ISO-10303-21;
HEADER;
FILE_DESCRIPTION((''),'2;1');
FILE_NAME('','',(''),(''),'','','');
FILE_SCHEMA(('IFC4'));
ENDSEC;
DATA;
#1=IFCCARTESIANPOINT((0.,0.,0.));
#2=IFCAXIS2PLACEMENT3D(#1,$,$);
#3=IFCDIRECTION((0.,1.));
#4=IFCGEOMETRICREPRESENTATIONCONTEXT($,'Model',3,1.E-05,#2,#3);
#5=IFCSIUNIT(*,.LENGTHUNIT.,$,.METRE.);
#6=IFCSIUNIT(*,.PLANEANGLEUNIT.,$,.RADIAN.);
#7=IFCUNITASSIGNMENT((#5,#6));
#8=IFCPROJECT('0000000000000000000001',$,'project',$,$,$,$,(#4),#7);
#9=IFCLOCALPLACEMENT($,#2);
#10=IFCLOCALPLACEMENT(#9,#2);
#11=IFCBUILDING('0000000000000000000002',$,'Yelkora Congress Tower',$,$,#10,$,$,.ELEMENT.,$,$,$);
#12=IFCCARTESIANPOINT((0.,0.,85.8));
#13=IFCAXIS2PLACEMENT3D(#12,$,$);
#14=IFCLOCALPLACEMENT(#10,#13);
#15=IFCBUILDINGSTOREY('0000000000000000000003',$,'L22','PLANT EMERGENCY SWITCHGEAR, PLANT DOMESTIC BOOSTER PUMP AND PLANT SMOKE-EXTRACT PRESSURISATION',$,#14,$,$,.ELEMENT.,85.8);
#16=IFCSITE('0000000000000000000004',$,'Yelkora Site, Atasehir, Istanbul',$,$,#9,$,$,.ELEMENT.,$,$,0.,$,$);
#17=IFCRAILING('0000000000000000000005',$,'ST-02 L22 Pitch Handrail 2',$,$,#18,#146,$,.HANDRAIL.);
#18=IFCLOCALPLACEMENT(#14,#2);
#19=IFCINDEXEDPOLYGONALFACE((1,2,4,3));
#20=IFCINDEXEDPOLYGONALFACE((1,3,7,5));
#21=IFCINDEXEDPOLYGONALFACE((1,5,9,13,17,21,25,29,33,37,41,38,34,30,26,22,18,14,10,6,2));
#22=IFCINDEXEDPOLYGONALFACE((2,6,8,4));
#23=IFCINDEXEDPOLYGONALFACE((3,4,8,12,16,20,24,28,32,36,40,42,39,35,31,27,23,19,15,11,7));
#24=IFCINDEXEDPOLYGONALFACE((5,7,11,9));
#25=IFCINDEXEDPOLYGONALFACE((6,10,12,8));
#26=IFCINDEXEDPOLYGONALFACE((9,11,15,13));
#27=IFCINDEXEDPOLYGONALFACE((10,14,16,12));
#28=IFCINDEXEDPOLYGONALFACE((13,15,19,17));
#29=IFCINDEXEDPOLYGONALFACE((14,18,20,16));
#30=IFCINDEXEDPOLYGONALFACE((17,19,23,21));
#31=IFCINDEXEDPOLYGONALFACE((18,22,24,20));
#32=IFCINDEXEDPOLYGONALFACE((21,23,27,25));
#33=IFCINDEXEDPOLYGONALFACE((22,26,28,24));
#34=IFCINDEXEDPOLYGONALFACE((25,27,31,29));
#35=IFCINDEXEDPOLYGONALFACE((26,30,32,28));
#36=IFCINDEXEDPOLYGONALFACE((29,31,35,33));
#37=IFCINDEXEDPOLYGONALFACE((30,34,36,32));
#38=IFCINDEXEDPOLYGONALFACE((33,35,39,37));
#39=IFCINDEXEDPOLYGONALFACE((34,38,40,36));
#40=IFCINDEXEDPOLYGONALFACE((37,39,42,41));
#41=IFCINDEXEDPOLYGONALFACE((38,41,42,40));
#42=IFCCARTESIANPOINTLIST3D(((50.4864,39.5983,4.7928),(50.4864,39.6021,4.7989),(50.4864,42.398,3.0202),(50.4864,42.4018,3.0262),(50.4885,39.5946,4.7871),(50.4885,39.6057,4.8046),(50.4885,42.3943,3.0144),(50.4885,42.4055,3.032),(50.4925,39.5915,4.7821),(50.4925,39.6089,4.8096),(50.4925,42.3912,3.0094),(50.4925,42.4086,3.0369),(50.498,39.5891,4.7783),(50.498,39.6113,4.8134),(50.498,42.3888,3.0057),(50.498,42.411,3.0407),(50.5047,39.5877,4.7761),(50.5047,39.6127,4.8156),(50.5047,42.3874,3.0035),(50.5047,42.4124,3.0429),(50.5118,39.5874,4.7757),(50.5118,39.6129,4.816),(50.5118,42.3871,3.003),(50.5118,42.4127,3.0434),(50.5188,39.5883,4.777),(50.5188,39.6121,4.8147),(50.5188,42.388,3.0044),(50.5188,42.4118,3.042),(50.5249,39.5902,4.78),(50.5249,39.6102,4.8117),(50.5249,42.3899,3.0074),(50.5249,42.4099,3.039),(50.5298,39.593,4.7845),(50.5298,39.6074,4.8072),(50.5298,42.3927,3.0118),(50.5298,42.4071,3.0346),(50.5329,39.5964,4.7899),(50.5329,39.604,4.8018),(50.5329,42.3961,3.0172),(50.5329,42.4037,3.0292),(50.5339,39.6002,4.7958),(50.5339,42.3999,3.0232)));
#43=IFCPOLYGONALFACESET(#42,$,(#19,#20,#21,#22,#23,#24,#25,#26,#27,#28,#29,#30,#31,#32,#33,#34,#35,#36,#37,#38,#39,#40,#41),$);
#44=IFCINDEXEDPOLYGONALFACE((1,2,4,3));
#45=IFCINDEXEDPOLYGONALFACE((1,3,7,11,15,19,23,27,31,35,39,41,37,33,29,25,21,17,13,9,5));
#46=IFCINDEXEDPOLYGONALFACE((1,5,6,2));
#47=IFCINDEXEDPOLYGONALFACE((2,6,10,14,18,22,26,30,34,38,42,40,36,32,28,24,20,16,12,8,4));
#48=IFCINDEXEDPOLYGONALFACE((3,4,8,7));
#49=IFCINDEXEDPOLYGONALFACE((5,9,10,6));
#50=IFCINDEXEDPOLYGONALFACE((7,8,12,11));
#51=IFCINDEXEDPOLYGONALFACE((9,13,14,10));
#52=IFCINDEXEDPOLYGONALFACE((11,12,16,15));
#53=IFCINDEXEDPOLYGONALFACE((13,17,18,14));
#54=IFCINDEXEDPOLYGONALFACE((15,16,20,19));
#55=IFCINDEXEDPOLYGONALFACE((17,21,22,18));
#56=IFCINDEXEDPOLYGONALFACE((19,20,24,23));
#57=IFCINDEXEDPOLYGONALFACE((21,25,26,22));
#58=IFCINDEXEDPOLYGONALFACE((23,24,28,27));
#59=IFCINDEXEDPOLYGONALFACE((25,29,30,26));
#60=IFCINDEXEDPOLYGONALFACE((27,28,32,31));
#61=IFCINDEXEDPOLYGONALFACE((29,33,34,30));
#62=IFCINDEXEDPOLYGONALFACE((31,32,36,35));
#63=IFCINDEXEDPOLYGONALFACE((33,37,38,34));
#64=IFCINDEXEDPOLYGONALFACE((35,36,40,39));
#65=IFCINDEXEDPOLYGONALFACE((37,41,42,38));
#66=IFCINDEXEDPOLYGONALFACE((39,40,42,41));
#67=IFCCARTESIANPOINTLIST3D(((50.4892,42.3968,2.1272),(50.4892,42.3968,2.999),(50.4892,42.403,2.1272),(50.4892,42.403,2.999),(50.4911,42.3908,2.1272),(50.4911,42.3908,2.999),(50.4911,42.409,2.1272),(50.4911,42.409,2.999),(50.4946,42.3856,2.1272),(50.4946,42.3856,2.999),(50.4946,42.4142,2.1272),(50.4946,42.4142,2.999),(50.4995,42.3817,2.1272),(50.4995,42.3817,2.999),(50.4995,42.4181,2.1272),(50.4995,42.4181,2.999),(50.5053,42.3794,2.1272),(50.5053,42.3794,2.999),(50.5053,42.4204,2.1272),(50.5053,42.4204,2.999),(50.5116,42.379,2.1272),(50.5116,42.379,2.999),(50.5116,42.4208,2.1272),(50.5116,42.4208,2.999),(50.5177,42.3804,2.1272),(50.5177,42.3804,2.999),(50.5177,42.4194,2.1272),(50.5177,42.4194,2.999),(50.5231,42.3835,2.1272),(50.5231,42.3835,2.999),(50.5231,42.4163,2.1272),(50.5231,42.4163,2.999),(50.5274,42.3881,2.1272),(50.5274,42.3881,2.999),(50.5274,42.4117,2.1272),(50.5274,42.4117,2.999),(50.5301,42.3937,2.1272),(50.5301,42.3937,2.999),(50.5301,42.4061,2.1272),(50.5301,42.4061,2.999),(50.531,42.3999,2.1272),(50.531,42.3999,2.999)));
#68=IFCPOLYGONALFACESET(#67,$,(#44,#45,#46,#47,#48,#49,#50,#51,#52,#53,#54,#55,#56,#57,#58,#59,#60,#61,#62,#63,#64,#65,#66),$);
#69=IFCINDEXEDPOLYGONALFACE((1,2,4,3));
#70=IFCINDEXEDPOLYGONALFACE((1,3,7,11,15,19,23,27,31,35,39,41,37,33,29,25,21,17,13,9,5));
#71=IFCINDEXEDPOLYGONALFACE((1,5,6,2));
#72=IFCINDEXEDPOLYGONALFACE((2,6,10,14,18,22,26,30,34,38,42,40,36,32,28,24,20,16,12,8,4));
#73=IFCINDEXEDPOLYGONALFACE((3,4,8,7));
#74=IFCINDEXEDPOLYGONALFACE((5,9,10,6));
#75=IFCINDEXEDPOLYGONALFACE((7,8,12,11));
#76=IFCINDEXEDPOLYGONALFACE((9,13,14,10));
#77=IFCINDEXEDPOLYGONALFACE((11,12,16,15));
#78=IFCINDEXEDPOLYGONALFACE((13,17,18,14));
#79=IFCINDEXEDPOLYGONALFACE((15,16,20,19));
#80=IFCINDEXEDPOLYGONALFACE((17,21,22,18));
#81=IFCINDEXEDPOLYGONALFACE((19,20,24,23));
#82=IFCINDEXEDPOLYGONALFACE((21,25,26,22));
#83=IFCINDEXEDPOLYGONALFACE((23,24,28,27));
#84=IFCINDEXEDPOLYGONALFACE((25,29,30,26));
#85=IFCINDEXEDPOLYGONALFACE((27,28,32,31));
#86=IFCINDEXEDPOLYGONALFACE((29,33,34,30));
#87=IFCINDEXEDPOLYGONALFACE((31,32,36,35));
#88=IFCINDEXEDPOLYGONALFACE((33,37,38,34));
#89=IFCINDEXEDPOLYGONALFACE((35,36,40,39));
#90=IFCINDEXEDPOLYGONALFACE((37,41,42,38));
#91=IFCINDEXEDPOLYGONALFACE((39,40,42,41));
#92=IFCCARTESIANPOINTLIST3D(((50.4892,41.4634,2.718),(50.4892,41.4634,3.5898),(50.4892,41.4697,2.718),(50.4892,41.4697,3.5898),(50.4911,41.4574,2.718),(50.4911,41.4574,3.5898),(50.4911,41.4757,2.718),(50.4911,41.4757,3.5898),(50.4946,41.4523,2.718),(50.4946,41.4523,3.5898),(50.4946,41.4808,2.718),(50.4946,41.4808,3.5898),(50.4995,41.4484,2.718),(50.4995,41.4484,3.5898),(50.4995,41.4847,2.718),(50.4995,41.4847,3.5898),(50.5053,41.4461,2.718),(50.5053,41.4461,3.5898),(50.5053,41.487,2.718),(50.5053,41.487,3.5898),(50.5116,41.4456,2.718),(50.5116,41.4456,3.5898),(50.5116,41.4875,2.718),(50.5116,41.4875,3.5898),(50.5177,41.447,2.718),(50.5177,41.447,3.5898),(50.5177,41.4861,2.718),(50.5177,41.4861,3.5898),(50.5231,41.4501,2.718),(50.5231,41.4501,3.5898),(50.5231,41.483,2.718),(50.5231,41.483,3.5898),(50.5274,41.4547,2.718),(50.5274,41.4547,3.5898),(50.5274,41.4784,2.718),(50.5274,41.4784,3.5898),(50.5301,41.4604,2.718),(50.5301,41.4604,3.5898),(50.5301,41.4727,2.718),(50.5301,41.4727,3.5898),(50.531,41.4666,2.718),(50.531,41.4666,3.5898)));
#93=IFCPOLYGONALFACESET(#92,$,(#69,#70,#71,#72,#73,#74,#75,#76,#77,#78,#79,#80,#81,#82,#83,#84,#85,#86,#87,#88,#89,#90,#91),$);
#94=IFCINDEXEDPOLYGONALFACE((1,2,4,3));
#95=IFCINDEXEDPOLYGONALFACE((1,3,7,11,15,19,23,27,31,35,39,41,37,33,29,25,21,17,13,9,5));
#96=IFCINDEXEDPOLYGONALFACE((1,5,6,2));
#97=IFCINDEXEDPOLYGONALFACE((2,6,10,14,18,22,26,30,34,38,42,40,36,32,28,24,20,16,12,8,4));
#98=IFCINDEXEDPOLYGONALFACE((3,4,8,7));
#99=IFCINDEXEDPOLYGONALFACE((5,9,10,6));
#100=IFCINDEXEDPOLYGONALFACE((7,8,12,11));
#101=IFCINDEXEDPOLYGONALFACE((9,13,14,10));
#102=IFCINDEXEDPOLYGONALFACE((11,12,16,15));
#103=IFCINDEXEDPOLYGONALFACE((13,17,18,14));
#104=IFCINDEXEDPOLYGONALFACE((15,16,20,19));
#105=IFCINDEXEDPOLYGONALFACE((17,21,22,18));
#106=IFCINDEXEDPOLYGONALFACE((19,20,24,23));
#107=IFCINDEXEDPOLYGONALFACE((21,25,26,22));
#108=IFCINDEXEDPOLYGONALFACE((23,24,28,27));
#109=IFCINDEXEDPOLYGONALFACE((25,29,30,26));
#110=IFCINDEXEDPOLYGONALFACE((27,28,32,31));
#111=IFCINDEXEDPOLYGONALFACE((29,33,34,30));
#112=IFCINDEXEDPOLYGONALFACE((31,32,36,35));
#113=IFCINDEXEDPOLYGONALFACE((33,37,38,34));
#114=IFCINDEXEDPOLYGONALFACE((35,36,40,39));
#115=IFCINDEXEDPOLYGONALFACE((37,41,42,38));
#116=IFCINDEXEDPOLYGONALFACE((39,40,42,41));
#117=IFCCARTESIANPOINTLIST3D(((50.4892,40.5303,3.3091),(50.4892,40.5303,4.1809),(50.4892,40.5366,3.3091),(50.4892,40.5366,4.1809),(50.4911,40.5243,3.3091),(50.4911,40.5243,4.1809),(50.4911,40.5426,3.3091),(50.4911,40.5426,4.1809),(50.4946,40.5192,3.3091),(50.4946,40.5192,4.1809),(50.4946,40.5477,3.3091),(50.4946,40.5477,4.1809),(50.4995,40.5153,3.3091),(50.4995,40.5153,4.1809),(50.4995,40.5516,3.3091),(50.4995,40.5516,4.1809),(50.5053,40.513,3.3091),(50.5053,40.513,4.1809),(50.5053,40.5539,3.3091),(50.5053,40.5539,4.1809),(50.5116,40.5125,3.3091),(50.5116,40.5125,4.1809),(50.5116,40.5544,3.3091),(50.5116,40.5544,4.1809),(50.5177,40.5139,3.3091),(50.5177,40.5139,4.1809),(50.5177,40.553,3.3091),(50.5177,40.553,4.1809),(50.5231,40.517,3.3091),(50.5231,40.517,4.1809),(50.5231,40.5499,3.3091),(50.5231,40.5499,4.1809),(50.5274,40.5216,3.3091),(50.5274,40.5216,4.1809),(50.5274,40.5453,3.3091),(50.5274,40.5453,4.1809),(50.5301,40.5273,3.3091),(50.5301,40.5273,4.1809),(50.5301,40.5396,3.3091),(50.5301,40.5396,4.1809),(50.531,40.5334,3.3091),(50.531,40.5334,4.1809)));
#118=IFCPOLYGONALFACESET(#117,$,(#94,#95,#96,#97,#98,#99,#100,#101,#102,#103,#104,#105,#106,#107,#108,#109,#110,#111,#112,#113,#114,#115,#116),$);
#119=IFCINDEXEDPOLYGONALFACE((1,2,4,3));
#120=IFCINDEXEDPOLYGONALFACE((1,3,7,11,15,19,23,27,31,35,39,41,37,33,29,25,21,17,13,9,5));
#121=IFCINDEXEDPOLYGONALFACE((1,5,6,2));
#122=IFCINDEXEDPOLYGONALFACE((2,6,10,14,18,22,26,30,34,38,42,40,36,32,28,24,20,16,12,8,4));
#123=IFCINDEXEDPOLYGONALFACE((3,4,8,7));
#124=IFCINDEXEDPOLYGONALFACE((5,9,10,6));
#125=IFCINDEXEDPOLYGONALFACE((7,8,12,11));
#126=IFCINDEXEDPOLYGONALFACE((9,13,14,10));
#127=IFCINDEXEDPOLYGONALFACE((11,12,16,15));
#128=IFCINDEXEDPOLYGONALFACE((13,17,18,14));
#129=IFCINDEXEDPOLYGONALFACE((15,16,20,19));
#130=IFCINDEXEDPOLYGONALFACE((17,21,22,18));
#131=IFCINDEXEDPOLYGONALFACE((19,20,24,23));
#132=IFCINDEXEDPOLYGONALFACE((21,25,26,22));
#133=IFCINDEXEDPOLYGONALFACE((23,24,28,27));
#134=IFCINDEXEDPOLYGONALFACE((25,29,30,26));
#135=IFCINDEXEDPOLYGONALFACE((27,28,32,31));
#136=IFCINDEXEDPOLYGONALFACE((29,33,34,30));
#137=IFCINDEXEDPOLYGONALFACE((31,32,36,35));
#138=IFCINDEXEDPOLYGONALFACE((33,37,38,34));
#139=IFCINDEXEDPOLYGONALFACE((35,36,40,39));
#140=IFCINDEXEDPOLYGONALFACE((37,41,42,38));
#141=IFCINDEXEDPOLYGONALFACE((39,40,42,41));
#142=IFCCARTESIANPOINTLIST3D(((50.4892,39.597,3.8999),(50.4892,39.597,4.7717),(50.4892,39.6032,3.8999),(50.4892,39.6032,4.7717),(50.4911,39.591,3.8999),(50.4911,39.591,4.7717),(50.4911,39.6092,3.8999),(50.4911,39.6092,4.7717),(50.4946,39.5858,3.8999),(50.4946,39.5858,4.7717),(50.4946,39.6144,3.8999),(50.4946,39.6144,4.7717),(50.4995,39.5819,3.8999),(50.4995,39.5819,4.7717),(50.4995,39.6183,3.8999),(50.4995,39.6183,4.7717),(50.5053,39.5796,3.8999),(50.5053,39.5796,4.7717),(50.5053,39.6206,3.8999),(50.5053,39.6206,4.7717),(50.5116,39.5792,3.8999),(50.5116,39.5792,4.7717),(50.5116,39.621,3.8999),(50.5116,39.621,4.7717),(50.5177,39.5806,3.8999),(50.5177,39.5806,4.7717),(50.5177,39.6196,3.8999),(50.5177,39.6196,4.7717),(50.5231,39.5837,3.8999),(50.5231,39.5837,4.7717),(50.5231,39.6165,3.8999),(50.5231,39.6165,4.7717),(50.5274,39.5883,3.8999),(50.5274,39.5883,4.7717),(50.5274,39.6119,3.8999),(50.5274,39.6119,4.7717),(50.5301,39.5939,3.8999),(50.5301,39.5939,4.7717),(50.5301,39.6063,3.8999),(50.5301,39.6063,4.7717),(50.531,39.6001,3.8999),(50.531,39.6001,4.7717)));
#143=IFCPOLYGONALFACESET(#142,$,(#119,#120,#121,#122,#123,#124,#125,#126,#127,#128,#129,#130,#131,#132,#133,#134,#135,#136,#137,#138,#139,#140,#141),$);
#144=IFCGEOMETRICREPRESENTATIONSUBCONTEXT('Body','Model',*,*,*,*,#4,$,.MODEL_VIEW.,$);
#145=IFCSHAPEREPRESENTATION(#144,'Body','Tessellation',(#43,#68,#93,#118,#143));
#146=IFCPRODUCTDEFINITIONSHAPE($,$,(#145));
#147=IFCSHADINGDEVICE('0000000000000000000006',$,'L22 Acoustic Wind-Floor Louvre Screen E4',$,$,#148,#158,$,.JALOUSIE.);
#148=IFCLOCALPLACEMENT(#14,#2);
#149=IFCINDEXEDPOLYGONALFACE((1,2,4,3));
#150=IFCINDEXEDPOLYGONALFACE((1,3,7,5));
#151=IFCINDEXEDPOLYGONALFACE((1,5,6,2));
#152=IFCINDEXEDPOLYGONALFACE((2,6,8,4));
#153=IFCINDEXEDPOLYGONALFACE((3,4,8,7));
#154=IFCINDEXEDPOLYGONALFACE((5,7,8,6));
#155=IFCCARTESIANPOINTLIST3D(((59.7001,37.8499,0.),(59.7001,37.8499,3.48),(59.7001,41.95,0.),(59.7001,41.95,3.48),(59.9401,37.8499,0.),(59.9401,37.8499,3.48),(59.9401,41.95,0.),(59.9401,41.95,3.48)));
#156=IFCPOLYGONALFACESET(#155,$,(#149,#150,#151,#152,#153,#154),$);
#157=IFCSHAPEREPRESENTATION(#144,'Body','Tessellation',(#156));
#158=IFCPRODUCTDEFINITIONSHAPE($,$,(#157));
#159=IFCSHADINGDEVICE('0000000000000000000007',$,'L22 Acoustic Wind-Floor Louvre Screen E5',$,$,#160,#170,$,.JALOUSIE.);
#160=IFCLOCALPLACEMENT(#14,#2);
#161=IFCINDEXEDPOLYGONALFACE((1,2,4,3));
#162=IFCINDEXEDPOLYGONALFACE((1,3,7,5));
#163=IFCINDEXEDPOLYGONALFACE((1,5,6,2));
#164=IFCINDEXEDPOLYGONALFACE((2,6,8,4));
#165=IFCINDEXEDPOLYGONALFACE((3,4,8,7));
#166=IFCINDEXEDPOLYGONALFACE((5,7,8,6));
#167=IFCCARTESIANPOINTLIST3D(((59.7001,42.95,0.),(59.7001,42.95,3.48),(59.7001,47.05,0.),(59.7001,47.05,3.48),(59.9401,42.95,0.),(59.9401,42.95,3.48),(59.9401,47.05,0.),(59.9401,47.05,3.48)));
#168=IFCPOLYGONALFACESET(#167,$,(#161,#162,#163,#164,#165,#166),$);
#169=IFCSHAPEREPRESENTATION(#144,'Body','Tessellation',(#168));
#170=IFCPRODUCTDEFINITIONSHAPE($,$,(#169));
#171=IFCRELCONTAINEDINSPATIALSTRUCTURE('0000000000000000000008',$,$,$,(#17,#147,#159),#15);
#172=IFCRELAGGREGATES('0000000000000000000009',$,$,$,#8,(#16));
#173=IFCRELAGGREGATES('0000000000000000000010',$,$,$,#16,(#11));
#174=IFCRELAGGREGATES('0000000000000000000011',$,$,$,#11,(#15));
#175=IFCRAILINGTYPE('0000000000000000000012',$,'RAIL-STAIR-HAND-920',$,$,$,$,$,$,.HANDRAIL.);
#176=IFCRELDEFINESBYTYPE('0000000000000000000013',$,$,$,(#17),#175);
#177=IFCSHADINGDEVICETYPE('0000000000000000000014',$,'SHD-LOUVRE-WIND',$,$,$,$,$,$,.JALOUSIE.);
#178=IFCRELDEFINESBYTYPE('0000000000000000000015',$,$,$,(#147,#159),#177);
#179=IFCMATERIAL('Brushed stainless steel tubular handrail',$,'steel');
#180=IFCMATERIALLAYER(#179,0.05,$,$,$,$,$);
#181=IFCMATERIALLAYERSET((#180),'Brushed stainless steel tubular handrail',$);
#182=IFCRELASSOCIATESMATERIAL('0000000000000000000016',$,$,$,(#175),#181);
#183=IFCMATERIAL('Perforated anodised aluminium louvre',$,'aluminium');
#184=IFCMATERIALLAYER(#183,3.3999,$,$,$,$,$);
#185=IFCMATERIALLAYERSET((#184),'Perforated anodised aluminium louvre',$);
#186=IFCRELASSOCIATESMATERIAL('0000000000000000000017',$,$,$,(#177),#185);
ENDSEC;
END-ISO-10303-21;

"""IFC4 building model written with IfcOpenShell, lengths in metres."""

from ifc_helpers import new_model, si_unit, direction, frame, origin, origin_2d, place, context, subcontext, project, spatial, rectangle, circle, extrude, material, layer, layer_set, type_object, element, save


model = new_model("IFC4")

# Units and contexts
model_context = context("Model", 3, precision=1e-05, world=origin(), true_north=direction((0.0, 1.0)))
body_context = subcontext(model_context, "Body", "Model", "MODEL_VIEW")
ifc_project = project(units=[si_unit("LENGTHUNIT", "METRE"), si_unit("PLANEANGLEUNIT", "RADIAN")], contexts=[model_context])

# Site, building, storey
site_placement = place(None, origin())
site = spatial("IfcSite", under=ifc_project, at=site_placement, Name="Yelkora Site, Atasehir, Istanbul", CompositionType="ELEMENT", RefElevation=0.0)
building_placement = place(site_placement, origin())
building = spatial("IfcBuilding", under=site, at=building_placement, Name="Yelkora Congress Tower", CompositionType="ELEMENT")
storey_placement = place(building_placement, frame((0.0, 0.0, 85.8)))
storey = spatial("IfcBuildingStorey", under=building, at=storey_placement, Name="L22", Description="PLANT EMERGENCY SWITCHGEAR, PLANT DOMESTIC BOOSTER PUMP AND PLANT SMOKE-EXTRACT PRESSURISATION", CompositionType="ELEMENT", Elevation=85.8)

# Railing
ifc_material_1 = material(Name="Brushed stainless steel tubular handrail", Category="steel")
ifc_layer_1 = layer(ifc_material_1, 0.05)
ifc_layer_set_1 = layer_set([ifc_layer_1], Name="Brushed stainless steel tubular handrail")
railing_type_1 = type_object("IfcRailingType", Name="RAIL-STAIR-HAND-920", PredefinedType="HANDRAIL", material=ifc_layer_set_1)
railing_1_placement = place(storey_placement, frame((50.51, 42.3999, 2.1272)))
element("IfcRailing", 1, at=railing_1_placement, inside=storey, type_object=railing_type_1, Name="ST-02 L22 Pitch Handrail 2", PredefinedType="HANDRAIL", context=body_context, shape_type="SweptSolid", body=[
    extrude(circle(Radius=0.0239, at=origin_2d()), frame((0.0, 0.0, 0.896), z_axis=(0.0, -0.844888, 0.534943), x_axis=(1.0, 0.0, 0.0)), (0.0, 0.0, 1.0), 3.3137),
    extrude(circle(Radius=0.021, at=origin_2d()), origin(), (0.0, 0.0, 1.0), 0.8718),
    extrude(circle(Radius=0.021, at=origin_2d()), frame((0.0, -0.9333, 0.5908)), (0.0, 0.0, 1.0), 0.8718),
    extrude(circle(Radius=0.021, at=origin_2d()), frame((0.0, -1.8665, 1.1819)), (0.0, 0.0, 1.0), 0.8718),
    extrude(circle(Radius=0.021, at=origin_2d()), frame((0.0, -2.7998, 1.7727)), (0.0, 0.0, 1.0), 0.8718),
])

# Shading devices
ifc_material_2 = material(Name="Perforated anodised aluminium louvre", Category="aluminium")
ifc_layer_2 = layer(ifc_material_2, 3.3999)
ifc_layer_set_2 = layer_set([ifc_layer_2], Name="Perforated anodised aluminium louvre")
shading_device_type = type_object("IfcShadingDeviceType", Name="SHD-LOUVRE-WIND", PredefinedType="JALOUSIE", material=ifc_layer_set_2)
for number, where, z_axis, x_axis, name in (
    (2, (59.8201, 39.8999, 0.0), (0.0, 0.0, 1.0), (1.0, 0.0, 0.0), "L22 Acoustic Wind-Floor Louvre Screen E4"),
    (3, (59.8201, 45.0, 0.0), (0.0, 0.0, 1.0), (1.0, 0.0, 0.0), "L22 Acoustic Wind-Floor Louvre Screen E5"),
):
    element("IfcShadingDevice", number, at=place(storey_placement, frame(where, z_axis=z_axis, x_axis=x_axis)), inside=storey, type_object=shading_device_type, Name=name, PredefinedType="JALOUSIE", context=body_context, shape_type="SweptSolid", body=[
        extrude(rectangle(XDim=0.24, YDim=4.1001, at=origin_2d()), origin(), (0.0, 0.0, 1.0), 3.48),
    ])

save(model, "model.ifc")
